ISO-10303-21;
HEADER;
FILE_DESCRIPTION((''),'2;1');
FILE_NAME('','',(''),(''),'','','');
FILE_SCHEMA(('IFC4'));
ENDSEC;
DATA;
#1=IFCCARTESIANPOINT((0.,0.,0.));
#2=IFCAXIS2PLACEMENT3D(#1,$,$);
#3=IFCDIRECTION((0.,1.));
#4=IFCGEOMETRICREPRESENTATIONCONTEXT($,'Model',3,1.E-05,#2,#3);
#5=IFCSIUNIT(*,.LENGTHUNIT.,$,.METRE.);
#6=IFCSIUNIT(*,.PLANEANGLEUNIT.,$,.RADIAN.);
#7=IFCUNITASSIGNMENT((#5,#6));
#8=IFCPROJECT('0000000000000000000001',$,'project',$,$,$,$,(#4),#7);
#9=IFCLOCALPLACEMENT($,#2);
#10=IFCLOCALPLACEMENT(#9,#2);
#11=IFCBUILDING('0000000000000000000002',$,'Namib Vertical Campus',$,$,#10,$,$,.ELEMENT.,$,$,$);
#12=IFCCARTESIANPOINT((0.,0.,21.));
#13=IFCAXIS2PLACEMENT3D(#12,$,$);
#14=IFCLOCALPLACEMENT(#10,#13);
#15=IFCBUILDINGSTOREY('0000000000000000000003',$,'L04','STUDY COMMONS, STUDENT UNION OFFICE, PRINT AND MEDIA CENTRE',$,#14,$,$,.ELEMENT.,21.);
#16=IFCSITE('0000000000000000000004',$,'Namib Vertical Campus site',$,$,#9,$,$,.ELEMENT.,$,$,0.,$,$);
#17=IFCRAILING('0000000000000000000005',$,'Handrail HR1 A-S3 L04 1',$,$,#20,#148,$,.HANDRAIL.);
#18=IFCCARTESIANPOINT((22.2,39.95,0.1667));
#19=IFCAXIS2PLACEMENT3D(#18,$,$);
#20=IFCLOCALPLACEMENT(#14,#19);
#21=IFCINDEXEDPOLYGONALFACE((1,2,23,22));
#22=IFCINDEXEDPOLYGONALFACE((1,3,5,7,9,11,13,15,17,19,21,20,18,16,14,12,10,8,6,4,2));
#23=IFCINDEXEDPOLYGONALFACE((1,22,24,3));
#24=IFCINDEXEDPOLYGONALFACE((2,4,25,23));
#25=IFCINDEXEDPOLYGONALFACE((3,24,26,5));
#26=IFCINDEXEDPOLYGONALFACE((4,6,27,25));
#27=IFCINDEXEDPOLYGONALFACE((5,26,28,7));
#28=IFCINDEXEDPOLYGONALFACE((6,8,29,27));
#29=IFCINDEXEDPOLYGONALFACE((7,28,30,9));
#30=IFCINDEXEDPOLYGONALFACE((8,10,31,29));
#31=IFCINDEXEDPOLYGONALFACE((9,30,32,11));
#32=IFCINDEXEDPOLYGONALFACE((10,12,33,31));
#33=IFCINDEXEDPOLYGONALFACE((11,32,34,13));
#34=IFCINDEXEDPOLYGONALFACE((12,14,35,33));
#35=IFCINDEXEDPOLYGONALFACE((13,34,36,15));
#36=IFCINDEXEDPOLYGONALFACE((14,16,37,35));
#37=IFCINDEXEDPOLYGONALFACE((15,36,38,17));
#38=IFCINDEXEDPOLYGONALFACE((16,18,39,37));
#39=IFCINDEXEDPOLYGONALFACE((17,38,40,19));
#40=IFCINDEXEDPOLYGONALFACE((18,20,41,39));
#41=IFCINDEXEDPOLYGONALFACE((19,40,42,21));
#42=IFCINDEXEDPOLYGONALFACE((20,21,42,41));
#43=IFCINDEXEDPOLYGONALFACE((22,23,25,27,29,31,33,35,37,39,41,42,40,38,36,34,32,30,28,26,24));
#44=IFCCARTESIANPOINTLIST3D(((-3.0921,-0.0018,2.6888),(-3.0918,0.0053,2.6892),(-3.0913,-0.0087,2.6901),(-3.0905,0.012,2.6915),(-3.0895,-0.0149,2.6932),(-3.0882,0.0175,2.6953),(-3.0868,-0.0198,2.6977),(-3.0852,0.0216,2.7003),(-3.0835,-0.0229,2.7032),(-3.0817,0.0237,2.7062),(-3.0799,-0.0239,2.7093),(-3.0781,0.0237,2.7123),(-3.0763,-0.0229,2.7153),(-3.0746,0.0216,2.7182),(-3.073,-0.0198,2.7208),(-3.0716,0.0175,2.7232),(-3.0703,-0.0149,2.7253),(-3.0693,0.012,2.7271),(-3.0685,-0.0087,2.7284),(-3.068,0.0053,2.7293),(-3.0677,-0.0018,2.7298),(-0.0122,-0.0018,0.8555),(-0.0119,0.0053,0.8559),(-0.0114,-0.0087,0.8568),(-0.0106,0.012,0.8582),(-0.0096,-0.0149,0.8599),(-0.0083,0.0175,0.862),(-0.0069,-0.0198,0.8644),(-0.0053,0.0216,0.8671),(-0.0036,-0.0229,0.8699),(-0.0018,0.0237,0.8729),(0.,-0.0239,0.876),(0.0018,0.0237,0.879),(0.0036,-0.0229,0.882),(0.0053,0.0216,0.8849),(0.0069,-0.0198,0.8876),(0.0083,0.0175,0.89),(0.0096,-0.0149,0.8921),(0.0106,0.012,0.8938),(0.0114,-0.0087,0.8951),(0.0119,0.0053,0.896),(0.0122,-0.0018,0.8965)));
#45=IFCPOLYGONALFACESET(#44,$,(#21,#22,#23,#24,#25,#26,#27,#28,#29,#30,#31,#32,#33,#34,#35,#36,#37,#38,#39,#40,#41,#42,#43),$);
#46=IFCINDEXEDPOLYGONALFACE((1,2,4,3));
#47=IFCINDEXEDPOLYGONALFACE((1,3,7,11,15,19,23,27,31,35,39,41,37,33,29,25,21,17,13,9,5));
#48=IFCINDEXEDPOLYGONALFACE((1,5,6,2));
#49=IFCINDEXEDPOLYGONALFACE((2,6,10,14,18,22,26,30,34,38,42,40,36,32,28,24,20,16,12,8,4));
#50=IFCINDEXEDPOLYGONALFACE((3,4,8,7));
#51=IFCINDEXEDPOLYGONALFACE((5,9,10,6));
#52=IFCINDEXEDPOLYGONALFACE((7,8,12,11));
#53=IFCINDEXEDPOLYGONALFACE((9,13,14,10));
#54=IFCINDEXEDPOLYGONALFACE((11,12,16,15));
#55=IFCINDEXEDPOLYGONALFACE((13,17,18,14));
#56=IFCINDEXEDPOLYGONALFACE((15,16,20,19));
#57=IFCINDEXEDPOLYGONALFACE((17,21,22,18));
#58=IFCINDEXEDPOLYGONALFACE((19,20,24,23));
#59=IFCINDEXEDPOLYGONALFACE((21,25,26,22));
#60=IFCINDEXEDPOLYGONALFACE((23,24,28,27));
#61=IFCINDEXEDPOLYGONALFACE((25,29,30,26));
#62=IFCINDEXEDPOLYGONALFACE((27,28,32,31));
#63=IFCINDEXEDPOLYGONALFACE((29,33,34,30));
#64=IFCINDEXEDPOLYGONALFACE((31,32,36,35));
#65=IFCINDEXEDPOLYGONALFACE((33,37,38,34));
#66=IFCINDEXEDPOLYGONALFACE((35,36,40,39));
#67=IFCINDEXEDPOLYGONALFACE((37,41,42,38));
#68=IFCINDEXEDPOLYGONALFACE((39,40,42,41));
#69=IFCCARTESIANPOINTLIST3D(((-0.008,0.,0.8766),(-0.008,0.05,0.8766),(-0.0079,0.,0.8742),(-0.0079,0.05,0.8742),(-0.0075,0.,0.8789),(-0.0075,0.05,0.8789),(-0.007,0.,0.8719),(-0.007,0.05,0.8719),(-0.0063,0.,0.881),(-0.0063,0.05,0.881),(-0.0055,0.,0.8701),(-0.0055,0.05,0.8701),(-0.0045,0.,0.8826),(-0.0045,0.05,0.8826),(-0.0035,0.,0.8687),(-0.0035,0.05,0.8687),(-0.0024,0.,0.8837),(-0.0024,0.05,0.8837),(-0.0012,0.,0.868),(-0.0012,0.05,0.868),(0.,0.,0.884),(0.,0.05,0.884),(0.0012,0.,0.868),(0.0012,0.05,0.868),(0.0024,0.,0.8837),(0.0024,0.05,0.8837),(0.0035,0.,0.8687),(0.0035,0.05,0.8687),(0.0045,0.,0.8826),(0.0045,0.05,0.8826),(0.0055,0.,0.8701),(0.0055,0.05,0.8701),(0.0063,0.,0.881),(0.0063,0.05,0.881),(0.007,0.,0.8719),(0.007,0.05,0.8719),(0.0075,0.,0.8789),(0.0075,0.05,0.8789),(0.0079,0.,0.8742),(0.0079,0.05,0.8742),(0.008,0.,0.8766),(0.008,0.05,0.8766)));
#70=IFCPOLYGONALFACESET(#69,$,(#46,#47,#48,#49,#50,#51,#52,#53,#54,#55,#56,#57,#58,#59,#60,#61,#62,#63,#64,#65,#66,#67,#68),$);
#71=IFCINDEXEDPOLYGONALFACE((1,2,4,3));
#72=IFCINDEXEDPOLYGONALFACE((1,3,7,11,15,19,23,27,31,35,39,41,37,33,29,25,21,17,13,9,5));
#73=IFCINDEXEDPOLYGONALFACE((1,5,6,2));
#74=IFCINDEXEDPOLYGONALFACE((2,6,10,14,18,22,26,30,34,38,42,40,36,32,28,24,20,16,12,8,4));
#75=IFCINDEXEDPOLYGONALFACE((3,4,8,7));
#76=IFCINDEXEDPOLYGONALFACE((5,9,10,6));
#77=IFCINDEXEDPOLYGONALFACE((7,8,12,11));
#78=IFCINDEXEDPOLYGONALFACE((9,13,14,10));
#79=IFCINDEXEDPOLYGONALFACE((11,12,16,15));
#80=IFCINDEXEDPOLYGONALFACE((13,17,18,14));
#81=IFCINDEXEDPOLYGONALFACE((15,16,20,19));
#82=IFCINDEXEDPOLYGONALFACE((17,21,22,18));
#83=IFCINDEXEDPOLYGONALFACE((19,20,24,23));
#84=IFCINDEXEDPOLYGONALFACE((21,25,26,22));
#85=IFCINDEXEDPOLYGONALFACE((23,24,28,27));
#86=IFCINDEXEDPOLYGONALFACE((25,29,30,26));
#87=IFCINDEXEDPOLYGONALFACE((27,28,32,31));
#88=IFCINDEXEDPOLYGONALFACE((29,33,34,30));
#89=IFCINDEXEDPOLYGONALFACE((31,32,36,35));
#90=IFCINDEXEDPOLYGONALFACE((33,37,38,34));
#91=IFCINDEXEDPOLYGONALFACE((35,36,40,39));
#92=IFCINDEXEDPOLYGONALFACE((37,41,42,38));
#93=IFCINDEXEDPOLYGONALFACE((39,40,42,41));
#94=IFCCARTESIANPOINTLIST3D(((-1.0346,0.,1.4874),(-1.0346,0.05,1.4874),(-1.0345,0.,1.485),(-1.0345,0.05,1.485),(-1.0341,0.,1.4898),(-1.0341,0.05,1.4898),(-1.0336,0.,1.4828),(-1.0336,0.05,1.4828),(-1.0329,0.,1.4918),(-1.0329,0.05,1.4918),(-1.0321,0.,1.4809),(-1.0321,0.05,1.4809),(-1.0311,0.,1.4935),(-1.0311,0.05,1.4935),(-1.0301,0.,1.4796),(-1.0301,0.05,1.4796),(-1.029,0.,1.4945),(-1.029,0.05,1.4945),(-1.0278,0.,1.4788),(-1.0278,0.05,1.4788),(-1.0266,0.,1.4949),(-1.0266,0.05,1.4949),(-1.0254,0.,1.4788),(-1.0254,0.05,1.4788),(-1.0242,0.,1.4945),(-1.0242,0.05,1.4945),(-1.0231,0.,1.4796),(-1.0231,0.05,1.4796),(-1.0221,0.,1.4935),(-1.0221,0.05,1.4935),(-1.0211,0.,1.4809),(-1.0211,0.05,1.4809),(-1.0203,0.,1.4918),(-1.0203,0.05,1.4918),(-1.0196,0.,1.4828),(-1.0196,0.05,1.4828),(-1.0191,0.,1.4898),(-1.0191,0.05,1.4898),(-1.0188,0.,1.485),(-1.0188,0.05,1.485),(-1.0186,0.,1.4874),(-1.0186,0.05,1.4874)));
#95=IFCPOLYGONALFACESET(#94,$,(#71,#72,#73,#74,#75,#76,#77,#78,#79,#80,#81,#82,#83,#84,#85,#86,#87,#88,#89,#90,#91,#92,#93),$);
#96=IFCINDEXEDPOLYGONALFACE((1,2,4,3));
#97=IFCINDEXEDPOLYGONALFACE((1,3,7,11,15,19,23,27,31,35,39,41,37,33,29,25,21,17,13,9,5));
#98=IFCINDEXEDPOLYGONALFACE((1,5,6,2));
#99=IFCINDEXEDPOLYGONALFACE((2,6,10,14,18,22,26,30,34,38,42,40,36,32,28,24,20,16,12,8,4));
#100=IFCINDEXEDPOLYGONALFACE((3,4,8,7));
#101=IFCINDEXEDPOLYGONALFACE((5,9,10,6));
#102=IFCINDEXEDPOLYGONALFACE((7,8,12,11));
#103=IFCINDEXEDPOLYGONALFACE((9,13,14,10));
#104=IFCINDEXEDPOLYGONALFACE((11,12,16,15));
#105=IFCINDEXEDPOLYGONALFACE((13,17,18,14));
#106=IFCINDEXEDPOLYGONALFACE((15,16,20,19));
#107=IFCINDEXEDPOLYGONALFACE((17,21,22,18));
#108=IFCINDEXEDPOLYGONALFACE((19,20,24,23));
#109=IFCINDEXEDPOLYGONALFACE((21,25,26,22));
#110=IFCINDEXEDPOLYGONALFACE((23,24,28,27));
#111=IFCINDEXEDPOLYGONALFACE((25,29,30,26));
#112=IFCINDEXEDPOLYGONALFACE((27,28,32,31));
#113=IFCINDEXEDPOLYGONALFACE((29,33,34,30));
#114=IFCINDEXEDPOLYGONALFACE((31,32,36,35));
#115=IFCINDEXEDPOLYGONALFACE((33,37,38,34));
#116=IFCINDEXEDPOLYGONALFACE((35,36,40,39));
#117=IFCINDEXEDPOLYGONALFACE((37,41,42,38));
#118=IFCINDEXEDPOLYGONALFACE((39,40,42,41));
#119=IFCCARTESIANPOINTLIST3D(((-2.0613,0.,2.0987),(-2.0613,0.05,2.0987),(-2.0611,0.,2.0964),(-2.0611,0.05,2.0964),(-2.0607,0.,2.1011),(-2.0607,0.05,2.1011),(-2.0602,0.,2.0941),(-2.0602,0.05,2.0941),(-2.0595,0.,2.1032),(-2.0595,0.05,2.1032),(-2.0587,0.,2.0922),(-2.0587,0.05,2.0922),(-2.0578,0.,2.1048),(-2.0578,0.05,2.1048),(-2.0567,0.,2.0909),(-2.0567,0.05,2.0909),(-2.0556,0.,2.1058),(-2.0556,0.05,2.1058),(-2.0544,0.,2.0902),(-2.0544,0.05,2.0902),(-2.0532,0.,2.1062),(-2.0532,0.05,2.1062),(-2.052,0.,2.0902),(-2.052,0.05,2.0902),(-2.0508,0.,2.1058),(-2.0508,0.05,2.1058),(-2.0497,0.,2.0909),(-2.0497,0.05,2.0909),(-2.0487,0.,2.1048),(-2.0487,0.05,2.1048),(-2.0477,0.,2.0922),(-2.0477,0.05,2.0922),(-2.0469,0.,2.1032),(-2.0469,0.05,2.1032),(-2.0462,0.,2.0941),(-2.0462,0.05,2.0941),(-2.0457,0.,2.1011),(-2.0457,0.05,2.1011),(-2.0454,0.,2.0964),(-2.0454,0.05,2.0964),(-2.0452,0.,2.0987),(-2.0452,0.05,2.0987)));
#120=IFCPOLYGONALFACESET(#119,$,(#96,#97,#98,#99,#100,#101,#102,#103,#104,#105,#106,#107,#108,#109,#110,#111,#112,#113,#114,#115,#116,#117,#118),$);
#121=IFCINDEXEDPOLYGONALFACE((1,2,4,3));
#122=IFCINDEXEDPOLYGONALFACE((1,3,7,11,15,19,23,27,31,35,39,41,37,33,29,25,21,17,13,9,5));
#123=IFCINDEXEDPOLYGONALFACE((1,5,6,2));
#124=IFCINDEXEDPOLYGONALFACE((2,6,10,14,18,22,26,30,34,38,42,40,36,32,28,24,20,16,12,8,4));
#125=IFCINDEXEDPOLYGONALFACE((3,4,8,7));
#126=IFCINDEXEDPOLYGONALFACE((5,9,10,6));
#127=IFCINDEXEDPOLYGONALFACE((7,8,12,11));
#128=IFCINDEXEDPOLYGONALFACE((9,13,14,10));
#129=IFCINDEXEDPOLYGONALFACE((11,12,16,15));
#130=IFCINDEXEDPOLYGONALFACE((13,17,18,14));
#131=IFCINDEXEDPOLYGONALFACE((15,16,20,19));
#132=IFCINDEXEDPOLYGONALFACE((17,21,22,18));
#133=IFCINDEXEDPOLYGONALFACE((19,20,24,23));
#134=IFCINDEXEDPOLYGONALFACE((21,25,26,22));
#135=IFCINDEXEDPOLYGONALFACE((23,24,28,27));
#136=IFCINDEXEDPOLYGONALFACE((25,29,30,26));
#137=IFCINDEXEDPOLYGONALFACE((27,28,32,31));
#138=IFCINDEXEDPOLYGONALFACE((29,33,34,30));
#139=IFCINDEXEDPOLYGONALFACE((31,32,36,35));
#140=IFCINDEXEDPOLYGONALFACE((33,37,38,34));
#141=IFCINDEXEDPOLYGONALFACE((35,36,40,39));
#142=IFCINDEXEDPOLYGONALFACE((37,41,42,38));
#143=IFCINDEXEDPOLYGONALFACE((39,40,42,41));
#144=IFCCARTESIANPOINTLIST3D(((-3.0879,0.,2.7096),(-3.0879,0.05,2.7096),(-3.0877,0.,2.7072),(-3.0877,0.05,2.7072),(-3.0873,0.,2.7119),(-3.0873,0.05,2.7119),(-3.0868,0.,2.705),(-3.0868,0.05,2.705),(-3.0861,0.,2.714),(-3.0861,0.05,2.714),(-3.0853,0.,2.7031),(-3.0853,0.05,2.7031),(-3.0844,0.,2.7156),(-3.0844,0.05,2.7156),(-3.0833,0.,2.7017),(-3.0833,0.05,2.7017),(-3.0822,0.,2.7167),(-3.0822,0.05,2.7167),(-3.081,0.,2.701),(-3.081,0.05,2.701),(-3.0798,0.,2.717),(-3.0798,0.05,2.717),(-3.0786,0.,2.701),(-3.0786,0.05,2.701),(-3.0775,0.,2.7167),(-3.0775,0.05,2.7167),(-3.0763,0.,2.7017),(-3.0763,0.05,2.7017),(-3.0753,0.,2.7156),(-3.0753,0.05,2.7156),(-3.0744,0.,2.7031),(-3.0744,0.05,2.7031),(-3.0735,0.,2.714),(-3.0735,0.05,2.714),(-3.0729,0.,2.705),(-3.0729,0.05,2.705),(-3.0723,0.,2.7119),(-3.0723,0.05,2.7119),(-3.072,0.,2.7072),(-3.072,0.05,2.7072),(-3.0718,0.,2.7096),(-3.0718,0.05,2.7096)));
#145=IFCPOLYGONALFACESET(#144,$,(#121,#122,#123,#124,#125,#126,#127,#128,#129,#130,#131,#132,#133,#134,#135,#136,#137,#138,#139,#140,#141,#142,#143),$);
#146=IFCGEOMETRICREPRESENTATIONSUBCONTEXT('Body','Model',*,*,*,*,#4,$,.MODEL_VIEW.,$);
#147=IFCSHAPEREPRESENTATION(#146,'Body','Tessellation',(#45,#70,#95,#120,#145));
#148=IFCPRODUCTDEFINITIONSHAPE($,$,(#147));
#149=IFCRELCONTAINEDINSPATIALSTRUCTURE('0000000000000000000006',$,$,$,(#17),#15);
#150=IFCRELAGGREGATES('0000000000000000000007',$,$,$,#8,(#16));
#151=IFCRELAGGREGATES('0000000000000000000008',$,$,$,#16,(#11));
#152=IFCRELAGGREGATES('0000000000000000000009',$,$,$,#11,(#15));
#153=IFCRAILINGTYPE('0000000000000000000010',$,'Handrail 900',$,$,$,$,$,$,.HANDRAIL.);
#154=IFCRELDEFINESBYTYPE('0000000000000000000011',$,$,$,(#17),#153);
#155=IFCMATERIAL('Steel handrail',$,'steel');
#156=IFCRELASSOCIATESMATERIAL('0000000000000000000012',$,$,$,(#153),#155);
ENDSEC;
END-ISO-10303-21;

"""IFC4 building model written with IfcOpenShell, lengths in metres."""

from ifc_helpers import new_model, si_unit, direction, frame, origin, origin_2d, place, context, subcontext, project, spatial, circle, extrude, material, type_object, element, save


model = new_model("IFC4")

# Units and contexts
model_context = context("Model", 3, precision=1e-05, world=origin(), true_north=direction((0.0, 1.0)))
body_context = subcontext(model_context, "Body", "Model", "MODEL_VIEW")
ifc_project = project(units=[si_unit("LENGTHUNIT", "METRE"), si_unit("PLANEANGLEUNIT", "RADIAN")], contexts=[model_context])

# Site, building, storey
site_placement = place(None, origin())
site = spatial("IfcSite", under=ifc_project, at=site_placement, Name="Namib Vertical Campus site", CompositionType="ELEMENT", RefElevation=0.0)
building_placement = place(site_placement, origin())
building = spatial("IfcBuilding", under=site, at=building_placement, Name="Namib Vertical Campus", CompositionType="ELEMENT")
storey_placement = place(building_placement, frame((0.0, 0.0, 21.0)))
storey = spatial("IfcBuildingStorey", under=building, at=storey_placement, Name="L04", Description="STUDY COMMONS, STUDENT UNION OFFICE, PRINT AND MEDIA CENTRE", CompositionType="ELEMENT", Elevation=21.0)

# Railing
ifc_material_1 = material(Name="Steel handrail", Category="steel")
railing_type_1 = type_object("IfcRailingType", Name="Handrail 900", PredefinedType="HANDRAIL", material=ifc_material_1)
railing_1_placement = place(storey_placement, frame((22.2, 39.95, 0.1667)))
element("IfcRailing", 1, at=railing_1_placement, inside=storey, type_object=railing_type_1, Name="Handrail HR1 A-S3 L04 1", PredefinedType="HANDRAIL", context=body_context, shape_type="SweptSolid", body=[
    extrude(circle(Radius=0.0239, at=origin_2d()), frame((0.0, 0.0, 0.876), z_axis=(-0.859291, 0.0, 0.511487), x_axis=(0.0, -1.0, 0.0)), (0.0, 0.0, 1.0), 3.5842),
    extrude(circle(Radius=0.0081, at=origin_2d()), frame((0.0, 0.0, 0.876), z_axis=(0.0, 1.0, 0.0), x_axis=(0.0, 0.0, 1.0)), (0.0, 0.0, 1.0), 0.05),
    extrude(circle(Radius=0.0081, at=origin_2d()), frame((-1.0266, 0.0, 1.4868), z_axis=(0.0, 1.0, 0.0), x_axis=(0.0, 0.0, 1.0)), (0.0, 0.0, 1.0), 0.05),
    extrude(circle(Radius=0.0081, at=origin_2d()), frame((-2.0532, 0.0, 2.0981), z_axis=(0.0, 1.0, 0.0), x_axis=(0.0, 0.0, 1.0)), (0.0, 0.0, 1.0), 0.05),
    extrude(circle(Radius=0.0081, at=origin_2d()), frame((-3.0798, 0.0, 2.709), z_axis=(0.0, 1.0, 0.0), x_axis=(0.0, 0.0, 1.0)), (0.0, 0.0, 1.0), 0.05),
])

save(model, "model.ifc")
